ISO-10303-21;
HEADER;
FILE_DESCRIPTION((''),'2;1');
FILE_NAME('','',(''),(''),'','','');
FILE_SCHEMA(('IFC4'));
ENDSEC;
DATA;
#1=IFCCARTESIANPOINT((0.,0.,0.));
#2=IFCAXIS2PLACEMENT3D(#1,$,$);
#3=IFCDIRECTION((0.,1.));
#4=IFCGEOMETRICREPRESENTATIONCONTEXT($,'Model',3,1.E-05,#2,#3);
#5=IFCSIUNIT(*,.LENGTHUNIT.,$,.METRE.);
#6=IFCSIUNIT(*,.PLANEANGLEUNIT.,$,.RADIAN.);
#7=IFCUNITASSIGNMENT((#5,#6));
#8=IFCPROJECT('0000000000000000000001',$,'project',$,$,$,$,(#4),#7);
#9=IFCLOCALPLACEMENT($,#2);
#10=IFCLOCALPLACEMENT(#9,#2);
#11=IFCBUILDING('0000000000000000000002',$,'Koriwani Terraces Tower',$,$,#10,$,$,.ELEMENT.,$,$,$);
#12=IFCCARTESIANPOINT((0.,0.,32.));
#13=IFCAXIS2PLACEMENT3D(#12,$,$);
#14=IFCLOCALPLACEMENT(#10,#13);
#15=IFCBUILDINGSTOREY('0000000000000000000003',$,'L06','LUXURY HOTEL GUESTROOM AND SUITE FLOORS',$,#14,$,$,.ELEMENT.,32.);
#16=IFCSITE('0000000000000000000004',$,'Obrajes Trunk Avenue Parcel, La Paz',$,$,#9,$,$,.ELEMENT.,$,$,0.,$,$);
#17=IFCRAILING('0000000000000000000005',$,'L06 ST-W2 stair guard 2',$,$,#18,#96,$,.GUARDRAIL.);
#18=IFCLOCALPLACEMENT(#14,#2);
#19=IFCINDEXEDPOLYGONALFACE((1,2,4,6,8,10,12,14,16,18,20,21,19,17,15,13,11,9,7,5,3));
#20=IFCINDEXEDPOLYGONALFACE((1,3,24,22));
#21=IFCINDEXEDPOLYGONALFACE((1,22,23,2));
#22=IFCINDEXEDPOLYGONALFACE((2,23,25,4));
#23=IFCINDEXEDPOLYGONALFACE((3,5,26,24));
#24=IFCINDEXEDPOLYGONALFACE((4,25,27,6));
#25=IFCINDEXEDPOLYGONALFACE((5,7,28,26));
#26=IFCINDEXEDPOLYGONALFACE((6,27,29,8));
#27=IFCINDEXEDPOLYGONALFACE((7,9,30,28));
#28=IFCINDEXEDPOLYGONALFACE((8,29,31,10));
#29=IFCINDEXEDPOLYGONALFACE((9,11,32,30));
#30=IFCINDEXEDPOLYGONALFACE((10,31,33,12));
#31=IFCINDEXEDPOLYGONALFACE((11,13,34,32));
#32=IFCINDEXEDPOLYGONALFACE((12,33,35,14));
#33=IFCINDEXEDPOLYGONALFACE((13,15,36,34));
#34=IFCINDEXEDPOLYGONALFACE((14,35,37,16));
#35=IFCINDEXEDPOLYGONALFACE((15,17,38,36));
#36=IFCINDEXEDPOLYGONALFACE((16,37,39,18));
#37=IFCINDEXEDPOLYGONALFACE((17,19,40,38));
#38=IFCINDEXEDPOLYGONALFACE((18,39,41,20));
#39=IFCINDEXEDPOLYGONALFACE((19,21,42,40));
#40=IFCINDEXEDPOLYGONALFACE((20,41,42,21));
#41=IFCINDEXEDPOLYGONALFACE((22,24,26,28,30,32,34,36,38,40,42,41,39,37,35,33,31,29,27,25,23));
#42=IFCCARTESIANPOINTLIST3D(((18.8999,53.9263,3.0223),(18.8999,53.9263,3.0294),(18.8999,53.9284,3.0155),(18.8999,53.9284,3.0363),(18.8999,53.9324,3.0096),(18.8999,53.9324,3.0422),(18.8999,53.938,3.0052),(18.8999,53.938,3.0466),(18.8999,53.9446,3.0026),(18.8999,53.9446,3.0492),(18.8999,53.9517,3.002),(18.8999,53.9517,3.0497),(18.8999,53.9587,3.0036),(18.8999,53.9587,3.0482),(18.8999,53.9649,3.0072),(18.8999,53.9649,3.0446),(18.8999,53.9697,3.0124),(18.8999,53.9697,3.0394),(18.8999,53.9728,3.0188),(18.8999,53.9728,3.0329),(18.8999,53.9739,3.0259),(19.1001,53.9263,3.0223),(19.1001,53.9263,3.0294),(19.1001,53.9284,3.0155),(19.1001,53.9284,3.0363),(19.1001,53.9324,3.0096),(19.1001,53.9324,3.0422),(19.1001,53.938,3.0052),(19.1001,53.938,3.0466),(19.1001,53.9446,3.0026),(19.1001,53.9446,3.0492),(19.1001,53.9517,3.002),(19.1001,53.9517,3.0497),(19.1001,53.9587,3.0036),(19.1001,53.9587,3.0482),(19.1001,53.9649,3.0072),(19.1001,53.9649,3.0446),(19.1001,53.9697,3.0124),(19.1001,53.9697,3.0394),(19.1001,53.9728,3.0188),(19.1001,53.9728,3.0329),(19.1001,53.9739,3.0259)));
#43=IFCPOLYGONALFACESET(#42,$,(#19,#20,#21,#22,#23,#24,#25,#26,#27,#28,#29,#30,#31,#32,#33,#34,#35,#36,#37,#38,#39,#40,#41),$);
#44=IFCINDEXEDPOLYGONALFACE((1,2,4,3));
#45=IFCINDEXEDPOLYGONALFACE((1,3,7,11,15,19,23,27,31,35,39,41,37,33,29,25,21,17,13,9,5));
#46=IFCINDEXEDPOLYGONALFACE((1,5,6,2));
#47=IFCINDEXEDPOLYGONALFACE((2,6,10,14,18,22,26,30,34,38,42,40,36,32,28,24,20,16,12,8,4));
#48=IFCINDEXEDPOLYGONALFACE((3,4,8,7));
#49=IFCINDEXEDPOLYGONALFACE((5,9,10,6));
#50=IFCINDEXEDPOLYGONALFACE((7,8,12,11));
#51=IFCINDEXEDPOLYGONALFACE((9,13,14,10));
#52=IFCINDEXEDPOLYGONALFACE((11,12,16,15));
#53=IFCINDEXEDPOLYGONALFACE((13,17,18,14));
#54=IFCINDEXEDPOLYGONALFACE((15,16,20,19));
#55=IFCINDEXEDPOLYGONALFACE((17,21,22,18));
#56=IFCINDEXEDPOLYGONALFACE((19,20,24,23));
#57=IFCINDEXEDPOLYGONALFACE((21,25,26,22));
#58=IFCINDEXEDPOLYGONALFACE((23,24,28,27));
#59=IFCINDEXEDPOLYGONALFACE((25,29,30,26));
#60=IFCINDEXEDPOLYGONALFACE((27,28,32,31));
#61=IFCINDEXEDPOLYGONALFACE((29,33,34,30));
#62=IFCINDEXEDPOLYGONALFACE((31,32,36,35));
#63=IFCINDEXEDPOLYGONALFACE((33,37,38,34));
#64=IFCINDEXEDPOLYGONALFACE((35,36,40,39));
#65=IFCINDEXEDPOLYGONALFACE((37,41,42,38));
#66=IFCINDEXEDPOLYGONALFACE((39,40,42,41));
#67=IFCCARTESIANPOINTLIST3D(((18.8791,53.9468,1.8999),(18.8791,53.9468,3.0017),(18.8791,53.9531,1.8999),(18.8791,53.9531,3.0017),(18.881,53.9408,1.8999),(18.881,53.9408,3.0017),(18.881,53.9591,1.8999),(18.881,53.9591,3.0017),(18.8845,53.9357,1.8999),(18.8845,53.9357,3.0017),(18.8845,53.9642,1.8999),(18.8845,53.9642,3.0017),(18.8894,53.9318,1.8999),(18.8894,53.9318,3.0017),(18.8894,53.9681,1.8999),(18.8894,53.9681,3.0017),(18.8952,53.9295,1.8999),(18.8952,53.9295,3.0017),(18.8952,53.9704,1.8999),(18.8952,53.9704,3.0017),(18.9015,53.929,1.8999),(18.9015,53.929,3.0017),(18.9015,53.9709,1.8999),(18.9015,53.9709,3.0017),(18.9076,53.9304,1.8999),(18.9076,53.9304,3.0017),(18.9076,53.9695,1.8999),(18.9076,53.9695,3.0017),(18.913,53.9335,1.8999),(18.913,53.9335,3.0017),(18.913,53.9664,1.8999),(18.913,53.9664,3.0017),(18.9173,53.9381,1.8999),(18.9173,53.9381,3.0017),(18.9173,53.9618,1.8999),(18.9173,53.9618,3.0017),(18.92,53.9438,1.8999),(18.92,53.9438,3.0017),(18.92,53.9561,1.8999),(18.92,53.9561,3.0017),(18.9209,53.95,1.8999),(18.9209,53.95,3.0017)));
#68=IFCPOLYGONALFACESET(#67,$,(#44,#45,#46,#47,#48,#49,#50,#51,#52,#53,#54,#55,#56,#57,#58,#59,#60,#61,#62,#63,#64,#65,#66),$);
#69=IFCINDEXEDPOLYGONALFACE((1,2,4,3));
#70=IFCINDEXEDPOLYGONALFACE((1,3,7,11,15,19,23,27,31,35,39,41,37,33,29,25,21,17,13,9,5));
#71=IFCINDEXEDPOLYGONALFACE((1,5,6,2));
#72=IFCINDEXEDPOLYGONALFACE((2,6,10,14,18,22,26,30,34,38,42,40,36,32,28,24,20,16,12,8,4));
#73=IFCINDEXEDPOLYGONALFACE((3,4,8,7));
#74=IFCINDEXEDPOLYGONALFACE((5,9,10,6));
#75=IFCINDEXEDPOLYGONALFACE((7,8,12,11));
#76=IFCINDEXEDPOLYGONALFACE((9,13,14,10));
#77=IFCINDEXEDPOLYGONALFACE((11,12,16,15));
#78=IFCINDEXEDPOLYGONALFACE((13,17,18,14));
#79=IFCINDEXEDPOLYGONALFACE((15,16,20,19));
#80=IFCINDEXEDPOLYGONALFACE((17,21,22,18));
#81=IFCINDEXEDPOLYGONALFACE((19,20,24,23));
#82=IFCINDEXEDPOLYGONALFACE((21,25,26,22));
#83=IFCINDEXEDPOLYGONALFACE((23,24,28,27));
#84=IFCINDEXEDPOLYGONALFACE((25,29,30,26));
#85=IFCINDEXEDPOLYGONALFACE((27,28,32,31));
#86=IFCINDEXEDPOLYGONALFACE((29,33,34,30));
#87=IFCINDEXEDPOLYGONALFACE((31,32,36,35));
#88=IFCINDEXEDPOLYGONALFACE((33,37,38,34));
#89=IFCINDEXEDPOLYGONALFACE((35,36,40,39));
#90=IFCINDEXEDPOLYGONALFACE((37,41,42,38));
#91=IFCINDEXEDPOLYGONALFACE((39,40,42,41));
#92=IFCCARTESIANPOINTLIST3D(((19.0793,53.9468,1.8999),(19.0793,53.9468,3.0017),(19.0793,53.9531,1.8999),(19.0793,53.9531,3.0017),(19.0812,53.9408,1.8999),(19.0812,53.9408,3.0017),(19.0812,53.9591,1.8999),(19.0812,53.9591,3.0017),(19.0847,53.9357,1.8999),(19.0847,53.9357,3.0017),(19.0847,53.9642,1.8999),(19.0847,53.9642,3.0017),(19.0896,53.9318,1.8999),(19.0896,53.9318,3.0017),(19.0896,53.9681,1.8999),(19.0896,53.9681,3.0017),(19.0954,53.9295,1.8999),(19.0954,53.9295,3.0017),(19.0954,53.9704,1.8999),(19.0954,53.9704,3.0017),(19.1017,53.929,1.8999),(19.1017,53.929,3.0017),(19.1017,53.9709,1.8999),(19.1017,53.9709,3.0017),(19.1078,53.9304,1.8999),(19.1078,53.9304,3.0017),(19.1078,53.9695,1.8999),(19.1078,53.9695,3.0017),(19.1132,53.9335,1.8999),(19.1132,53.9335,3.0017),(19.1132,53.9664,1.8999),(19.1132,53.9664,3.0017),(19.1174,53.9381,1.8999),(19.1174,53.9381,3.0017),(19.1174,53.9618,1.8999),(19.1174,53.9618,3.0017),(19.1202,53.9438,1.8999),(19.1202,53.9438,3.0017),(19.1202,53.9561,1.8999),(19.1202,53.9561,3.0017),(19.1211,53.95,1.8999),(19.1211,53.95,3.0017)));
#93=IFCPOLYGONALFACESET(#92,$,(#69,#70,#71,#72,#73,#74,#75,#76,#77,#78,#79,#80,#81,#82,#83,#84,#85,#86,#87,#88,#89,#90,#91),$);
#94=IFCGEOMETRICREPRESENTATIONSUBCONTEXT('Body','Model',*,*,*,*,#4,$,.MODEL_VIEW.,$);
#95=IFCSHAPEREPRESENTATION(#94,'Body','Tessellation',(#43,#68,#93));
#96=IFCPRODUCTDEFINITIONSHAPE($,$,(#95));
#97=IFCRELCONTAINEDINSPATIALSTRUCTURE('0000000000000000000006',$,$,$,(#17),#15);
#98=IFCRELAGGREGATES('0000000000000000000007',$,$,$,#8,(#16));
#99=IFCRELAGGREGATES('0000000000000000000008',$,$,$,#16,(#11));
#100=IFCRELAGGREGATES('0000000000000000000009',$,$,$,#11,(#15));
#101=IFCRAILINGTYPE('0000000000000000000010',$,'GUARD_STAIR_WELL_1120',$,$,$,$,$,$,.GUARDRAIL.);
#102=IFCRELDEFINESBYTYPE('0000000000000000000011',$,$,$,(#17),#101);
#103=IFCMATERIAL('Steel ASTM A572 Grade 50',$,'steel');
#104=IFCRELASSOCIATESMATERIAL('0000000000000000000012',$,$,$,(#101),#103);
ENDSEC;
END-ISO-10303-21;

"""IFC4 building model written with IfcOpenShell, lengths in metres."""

from ifc_helpers import new_model, si_unit, direction, frame, origin, origin_2d, place, context, subcontext, project, spatial, circle, extrude, material, type_object, element, save


model = new_model("IFC4")

# Units and contexts
model_context = context("Model", 3, precision=1e-05, world=origin(), true_north=direction((0.0, 1.0)))
body_context = subcontext(model_context, "Body", "Model", "MODEL_VIEW")
ifc_project = project(units=[si_unit("LENGTHUNIT", "METRE"), si_unit("PLANEANGLEUNIT", "RADIAN")], contexts=[model_context])

# Site, building, storey
site_placement = place(None, origin())
site = spatial("IfcSite", under=ifc_project, at=site_placement, Name="Obrajes Trunk Avenue Parcel, La Paz", CompositionType="ELEMENT", RefElevation=0.0)
building_placement = place(site_placement, origin())
building = spatial("IfcBuilding", under=site, at=building_placement, Name="Koriwani Terraces Tower", CompositionType="ELEMENT")
storey_placement = place(building_placement, frame((0.0, 0.0, 32.0)))
storey = spatial("IfcBuildingStorey", under=building, at=storey_placement, Name="L06", Description="LUXURY HOTEL GUESTROOM AND SUITE FLOORS", CompositionType="ELEMENT", Elevation=32.0)

# Shared definitions
ifc_material_1 = material(Name="Steel ASTM A572 Grade 50", Category="steel")

# Railing
railing_type_1 = type_object("IfcRailingType", Name="GUARD_STAIR_WELL_1120", PredefinedType="GUARDRAIL", material=ifc_material_1)
railing_1_placement = place(storey_placement, frame((18.8999, 53.95, 1.8999)))
element("IfcRailing", 1, at=railing_1_placement, inside=storey, type_object=railing_type_1, Name="L06 ST-W2 stair guard 2", PredefinedType="GUARDRAIL", context=body_context, shape_type="SweptSolid", body=[
    extrude(circle(Radius=0.0239, at=origin_2d()), frame((0.0, 0.0, 1.126), z_axis=(1.0, 0.0, 0.0), x_axis=(0.0, 1.0, 0.0)), (0.0, 0.0, 1.0), 0.2002),
    extrude(circle(Radius=0.021, at=origin_2d()), origin(), (0.0, 0.0, 1.0), 1.1018),
    extrude(circle(Radius=0.021, at=origin_2d()), frame((0.2002, 0.0, 0.0)), (0.0, 0.0, 1.0), 1.1018),
])

save(model, "model.ifc")
